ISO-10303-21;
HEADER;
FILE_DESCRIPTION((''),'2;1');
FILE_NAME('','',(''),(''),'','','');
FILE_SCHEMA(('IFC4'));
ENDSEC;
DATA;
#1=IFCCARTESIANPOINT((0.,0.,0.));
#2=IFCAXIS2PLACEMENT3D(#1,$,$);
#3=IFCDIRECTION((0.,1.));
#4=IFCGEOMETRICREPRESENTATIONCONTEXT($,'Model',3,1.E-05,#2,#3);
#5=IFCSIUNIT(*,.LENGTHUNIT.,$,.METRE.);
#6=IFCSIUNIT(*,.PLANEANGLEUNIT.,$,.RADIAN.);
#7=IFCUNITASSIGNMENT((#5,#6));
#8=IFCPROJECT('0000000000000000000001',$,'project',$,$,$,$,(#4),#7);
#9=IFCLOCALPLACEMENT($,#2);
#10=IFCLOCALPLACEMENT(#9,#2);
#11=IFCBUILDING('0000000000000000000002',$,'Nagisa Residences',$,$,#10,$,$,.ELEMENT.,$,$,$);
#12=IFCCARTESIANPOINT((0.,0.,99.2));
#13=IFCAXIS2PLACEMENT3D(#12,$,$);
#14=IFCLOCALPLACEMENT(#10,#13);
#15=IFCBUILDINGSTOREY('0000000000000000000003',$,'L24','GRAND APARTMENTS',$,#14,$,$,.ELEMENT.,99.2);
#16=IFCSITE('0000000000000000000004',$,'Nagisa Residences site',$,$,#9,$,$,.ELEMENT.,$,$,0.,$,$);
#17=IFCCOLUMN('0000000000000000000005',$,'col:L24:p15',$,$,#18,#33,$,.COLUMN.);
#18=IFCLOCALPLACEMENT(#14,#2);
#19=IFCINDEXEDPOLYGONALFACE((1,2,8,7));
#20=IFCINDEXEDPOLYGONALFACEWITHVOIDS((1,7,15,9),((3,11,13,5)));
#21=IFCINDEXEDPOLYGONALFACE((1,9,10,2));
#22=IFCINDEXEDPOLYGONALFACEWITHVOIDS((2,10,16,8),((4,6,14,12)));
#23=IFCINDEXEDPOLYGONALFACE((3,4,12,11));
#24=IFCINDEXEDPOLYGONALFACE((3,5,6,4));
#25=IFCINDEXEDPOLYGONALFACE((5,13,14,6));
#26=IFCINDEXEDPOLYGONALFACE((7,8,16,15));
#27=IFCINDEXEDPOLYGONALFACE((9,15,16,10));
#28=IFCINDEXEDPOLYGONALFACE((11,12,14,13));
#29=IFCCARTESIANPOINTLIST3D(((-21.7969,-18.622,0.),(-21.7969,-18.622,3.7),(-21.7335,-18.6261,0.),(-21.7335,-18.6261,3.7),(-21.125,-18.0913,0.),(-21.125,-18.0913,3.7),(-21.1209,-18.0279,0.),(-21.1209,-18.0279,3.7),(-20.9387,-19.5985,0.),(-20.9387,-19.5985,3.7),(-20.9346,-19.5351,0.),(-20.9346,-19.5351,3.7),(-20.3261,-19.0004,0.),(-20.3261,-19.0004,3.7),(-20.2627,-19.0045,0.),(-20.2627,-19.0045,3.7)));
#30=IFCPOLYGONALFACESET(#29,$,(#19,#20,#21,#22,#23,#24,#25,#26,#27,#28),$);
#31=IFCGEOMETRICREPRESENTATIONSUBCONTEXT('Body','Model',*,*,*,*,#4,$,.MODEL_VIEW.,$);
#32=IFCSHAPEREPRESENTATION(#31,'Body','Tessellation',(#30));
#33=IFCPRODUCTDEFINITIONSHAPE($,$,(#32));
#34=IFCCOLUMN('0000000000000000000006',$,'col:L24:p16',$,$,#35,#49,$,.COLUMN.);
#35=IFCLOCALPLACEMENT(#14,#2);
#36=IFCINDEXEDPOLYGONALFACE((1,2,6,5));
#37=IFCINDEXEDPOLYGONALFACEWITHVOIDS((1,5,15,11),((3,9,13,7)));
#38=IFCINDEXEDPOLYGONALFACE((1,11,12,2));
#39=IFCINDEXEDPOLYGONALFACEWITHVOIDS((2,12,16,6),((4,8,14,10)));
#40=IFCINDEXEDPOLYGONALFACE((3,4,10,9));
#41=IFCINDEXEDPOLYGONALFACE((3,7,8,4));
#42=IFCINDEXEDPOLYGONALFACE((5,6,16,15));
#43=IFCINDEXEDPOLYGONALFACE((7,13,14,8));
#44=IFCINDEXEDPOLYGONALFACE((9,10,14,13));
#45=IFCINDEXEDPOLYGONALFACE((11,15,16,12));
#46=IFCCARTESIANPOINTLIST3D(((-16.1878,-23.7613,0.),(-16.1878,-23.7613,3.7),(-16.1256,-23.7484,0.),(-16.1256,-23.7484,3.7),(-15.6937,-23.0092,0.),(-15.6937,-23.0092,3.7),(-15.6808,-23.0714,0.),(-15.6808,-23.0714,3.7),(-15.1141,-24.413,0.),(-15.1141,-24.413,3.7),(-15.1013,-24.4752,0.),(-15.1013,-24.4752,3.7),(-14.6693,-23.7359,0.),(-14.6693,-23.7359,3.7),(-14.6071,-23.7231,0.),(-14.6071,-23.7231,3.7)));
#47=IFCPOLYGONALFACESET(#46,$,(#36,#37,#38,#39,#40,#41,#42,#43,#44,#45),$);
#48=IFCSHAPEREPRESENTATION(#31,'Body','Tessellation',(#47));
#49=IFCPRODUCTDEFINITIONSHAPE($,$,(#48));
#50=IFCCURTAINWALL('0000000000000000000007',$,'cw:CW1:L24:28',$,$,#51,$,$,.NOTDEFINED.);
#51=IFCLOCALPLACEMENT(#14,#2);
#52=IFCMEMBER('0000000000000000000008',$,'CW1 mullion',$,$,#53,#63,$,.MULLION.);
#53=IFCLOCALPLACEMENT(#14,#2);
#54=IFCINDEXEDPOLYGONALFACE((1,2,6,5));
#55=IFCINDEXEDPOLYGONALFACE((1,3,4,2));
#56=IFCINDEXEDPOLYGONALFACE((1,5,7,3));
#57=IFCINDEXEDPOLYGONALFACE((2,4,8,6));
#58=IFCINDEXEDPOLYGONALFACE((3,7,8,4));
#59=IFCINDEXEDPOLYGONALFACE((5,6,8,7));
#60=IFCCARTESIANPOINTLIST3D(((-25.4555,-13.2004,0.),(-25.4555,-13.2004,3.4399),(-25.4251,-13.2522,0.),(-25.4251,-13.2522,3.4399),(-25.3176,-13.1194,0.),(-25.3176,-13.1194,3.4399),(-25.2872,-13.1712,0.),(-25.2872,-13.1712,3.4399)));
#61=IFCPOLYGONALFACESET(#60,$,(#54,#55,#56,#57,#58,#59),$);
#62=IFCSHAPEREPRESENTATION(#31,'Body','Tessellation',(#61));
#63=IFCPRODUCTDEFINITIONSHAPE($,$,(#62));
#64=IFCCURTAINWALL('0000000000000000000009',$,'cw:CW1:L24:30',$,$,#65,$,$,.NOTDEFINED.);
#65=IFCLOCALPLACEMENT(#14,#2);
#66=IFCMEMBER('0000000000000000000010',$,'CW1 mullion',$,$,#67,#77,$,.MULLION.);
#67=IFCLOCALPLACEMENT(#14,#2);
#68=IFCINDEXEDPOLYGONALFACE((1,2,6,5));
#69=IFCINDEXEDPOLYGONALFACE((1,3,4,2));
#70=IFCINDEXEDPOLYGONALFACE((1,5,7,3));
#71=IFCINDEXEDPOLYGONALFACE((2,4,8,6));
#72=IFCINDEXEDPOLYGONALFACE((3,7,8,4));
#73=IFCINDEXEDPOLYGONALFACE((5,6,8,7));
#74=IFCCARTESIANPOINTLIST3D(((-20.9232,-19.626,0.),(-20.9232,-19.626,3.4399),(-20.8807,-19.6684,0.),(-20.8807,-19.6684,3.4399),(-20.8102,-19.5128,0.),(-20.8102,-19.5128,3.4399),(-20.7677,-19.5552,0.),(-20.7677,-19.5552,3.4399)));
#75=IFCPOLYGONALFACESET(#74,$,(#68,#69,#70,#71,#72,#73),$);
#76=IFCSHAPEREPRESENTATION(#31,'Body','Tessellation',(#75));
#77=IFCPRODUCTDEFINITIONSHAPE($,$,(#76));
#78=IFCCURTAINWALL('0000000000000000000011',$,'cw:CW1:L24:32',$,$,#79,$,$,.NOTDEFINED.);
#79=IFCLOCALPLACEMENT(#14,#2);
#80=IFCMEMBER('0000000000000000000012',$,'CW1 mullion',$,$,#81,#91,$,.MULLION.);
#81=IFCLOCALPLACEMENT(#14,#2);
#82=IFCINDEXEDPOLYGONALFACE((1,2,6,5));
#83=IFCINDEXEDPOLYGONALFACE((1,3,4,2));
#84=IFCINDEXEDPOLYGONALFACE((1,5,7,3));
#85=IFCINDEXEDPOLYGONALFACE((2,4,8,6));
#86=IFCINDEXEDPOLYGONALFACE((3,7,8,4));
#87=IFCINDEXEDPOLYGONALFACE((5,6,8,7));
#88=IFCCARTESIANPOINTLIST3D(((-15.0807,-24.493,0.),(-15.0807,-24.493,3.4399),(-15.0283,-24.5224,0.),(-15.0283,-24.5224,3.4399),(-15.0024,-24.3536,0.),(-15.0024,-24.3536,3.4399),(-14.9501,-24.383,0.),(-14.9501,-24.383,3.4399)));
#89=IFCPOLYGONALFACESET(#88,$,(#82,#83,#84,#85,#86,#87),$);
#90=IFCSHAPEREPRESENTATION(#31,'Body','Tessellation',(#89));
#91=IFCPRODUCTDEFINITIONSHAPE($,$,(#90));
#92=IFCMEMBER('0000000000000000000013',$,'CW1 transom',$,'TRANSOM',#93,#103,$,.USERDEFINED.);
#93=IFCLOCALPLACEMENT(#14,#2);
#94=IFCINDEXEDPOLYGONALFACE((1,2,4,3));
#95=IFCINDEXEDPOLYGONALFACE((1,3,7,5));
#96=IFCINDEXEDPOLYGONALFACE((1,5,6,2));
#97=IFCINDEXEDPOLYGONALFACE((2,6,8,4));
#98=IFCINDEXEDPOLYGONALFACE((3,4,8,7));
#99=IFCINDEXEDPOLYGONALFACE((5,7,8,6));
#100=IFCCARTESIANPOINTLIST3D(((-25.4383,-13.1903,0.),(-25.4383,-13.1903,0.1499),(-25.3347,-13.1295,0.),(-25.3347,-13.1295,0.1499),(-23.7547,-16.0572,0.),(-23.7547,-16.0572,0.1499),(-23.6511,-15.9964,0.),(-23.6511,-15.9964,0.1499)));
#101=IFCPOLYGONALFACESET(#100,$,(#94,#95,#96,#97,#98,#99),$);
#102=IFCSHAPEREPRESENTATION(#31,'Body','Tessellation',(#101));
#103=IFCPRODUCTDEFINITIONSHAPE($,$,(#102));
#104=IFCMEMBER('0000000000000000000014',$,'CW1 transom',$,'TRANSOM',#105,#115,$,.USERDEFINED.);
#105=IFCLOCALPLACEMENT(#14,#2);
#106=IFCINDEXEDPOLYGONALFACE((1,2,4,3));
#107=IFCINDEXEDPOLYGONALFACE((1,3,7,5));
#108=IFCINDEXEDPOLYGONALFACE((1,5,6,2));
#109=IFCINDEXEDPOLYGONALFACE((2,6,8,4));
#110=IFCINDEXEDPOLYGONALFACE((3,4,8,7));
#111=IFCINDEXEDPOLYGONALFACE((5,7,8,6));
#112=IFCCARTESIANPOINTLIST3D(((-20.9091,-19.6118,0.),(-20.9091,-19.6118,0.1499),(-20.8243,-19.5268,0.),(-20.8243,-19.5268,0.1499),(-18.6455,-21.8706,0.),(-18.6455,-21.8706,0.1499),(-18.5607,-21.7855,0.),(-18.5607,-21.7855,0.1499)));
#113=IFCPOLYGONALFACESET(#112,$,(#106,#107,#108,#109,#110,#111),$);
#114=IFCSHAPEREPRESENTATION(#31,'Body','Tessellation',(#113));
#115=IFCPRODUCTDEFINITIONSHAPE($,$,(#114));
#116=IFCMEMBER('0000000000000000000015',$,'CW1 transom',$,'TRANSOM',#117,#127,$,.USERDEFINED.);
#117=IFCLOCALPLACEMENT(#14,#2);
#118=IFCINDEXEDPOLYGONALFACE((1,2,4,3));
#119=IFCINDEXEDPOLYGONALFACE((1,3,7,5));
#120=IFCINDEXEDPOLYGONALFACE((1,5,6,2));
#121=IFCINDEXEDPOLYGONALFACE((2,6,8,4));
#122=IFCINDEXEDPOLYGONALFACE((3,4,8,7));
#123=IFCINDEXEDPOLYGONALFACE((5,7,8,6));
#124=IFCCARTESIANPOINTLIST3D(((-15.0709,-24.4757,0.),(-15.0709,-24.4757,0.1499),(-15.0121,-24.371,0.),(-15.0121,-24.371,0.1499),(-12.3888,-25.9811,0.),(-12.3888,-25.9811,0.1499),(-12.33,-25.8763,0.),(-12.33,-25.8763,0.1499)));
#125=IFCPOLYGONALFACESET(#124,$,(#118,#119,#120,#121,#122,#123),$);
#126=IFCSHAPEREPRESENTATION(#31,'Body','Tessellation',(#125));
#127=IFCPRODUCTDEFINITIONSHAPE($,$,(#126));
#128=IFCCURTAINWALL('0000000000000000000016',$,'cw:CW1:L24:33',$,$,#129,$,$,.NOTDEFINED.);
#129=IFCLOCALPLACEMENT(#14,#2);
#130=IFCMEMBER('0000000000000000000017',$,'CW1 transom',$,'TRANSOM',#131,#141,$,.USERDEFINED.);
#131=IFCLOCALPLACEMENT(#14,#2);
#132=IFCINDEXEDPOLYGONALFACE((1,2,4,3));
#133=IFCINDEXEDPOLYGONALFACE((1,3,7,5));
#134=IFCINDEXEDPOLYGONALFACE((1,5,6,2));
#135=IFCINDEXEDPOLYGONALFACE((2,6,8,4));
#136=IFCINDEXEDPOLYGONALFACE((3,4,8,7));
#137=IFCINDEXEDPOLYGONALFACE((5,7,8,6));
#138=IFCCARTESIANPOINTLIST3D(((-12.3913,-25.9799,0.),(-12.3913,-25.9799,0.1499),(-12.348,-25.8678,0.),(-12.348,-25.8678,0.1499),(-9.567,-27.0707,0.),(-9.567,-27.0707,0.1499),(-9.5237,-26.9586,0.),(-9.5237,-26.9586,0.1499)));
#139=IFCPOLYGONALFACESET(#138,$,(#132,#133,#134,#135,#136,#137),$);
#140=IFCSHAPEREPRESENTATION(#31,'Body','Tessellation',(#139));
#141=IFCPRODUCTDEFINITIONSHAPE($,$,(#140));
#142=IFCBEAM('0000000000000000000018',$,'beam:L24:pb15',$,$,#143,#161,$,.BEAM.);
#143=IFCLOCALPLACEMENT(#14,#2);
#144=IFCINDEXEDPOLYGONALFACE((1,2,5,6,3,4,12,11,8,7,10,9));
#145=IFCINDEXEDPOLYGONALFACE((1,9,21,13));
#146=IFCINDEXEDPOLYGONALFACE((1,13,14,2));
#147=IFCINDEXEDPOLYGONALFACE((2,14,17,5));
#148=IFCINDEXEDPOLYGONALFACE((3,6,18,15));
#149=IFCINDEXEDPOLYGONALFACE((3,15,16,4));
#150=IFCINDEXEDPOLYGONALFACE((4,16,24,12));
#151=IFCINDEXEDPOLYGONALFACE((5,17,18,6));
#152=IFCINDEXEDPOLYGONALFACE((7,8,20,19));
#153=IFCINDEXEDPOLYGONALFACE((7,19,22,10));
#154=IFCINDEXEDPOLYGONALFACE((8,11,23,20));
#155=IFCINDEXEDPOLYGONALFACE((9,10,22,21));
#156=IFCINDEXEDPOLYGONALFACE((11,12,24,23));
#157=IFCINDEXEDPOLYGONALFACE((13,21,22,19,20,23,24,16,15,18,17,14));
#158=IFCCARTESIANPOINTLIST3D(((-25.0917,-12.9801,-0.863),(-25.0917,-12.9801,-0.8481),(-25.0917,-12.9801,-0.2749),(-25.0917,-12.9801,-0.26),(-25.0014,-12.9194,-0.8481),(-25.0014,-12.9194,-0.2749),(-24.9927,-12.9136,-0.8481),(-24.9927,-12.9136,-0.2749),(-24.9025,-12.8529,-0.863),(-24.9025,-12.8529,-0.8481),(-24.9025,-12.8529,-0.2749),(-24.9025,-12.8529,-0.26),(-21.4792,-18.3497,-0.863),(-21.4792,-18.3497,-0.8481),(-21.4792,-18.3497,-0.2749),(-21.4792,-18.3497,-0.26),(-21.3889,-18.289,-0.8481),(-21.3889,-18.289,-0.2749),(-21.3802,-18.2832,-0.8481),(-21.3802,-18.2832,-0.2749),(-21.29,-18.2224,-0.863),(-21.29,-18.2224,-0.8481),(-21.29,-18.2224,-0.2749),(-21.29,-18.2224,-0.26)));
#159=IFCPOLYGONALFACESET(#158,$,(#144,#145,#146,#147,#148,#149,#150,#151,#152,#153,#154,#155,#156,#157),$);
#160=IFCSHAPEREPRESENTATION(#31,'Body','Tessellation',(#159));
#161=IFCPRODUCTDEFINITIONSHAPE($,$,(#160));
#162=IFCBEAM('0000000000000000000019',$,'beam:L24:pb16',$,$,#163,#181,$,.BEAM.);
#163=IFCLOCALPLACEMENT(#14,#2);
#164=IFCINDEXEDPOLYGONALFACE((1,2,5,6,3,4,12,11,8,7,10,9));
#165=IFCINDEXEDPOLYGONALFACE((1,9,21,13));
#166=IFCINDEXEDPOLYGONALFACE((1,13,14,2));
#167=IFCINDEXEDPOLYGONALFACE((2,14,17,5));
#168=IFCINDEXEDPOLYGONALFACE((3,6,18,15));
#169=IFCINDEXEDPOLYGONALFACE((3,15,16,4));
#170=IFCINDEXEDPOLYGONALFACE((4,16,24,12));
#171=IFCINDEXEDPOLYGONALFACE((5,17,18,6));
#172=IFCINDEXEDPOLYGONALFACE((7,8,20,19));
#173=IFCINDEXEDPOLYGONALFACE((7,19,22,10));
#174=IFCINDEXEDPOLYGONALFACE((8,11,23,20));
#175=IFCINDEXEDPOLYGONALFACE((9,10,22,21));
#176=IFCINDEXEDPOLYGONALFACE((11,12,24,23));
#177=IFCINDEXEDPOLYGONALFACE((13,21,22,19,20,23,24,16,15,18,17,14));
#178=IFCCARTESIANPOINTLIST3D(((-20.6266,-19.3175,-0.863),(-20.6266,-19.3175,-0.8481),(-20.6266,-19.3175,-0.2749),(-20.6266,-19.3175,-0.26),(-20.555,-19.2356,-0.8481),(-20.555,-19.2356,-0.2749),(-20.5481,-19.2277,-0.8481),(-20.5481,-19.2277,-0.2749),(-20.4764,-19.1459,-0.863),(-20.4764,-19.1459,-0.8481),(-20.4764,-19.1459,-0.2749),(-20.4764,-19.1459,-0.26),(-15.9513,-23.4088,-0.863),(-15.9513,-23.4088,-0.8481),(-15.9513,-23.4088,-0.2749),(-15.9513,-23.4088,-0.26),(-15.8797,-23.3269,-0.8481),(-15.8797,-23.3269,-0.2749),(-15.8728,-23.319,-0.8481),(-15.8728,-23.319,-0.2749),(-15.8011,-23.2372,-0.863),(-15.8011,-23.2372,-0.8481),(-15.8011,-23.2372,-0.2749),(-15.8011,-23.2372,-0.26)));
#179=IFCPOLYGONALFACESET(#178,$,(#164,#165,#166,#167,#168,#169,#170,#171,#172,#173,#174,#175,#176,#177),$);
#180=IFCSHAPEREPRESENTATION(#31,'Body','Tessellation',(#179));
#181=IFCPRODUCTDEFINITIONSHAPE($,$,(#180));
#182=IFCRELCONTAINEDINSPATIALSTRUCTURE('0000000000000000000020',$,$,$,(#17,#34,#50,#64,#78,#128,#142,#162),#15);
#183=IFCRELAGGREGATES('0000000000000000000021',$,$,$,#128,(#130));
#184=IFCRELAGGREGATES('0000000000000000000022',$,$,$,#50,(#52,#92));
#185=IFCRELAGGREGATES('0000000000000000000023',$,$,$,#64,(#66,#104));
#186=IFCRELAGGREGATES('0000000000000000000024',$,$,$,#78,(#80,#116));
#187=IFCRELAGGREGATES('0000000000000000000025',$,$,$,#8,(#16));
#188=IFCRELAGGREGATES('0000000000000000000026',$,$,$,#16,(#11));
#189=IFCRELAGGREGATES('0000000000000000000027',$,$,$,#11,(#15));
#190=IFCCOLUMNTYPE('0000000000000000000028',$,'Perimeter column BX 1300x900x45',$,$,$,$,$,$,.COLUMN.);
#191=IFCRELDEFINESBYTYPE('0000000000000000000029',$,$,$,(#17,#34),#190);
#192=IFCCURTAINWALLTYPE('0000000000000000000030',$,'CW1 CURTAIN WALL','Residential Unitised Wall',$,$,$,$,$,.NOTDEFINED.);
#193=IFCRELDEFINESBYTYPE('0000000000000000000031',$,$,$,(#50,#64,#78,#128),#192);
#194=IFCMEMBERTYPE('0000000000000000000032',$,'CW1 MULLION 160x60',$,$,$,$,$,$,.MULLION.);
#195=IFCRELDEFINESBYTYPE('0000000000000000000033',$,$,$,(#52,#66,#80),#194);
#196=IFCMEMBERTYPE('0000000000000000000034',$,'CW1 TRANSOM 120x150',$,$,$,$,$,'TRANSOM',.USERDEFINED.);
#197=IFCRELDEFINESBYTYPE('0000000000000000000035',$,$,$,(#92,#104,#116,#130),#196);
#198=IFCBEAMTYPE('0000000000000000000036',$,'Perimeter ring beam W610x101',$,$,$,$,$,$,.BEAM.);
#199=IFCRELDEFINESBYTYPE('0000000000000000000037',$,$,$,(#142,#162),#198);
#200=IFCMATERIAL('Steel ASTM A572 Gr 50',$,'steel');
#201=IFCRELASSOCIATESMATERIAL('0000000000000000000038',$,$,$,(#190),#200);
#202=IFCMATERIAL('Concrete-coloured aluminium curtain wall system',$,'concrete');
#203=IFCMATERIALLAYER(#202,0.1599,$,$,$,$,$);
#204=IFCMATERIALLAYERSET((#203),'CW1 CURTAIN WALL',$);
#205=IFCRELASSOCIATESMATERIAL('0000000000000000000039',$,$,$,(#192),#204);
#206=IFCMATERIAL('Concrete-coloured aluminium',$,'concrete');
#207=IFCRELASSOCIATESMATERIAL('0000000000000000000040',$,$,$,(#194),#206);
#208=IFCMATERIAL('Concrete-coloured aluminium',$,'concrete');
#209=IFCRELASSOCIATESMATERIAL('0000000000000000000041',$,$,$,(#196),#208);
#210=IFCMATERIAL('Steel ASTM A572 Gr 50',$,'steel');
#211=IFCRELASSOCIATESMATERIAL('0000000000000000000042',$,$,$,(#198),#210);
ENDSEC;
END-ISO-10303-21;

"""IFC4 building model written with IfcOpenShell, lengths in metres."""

from ifc_helpers import new_model, si_unit, direction, frame, origin, origin_2d, place, context, subcontext, project, spatial, rectangle, hollow_rectangle, i_section, extrude, material, layer, layer_set, material_profile, profile_set, type_object, element, aggregate, save


model = new_model("IFC4")

# Units and contexts
model_context = context("Model", 3, precision=1e-05, world=origin(), true_north=direction((0.0, 1.0)))
body_context = subcontext(model_context, "Body", "Model", "MODEL_VIEW")
ifc_project = project(units=[si_unit("LENGTHUNIT", "METRE"), si_unit("PLANEANGLEUNIT", "RADIAN")], contexts=[model_context])

# Site, building, storey
site_placement = place(None, origin())
site = spatial("IfcSite", under=ifc_project, at=site_placement, Name="Nagisa Residences site", CompositionType="ELEMENT", RefElevation=0.0)
building_placement = place(site_placement, origin())
building = spatial("IfcBuilding", under=site, at=building_placement, Name="Nagisa Residences", CompositionType="ELEMENT")
storey_placement = place(building_placement, frame((0.0, 0.0, 99.2)))
storey = spatial("IfcBuildingStorey", under=building, at=storey_placement, Name="L24", Description="GRAND APARTMENTS", CompositionType="ELEMENT", Elevation=99.2)

# Columns
ifc_material_1 = material(Name="Steel ASTM A572 Gr 50", Category="steel")
ifc_material_profile_1 = material_profile(ifc_material_1, hollow_rectangle(XDim=1.3, YDim=0.8999, WallThickness=0.0449, at=origin_2d()), Name="BX 1300x900x45")
ifc_profile_set_1 = profile_set([ifc_material_profile_1], Name="Steel ASTM A572 Gr 50")
column_type = type_object("IfcColumnType", Name="Perimeter column BX 1300x900x45", PredefinedType="COLUMN", material=ifc_profile_set_1)
for number, where, z_axis, x_axis, name in (
    (1, (-21.0298, -18.8132, 0.0), (0.0, 0.0, 1.0), (0.660115, -0.751165, 0.0), "col:L24:p15"),
    (2, (-15.3975, -23.7422, 0.0), (0.0, 0.0, 1.0), (0.835766, -0.549086, 0.0), "col:L24:p16"),
):
    element("IfcColumn", number, at=place(storey_placement, frame(where, z_axis=z_axis, x_axis=x_axis)), inside=storey, type_object=column_type, Name=name, PredefinedType="COLUMN", context=body_context, shape_type="SweptSolid", body=[
        extrude(hollow_rectangle(XDim=1.3, YDim=0.8999, WallThickness=0.0449, at=origin_2d()), origin(), (0.0, 0.0, 1.0), 3.7),
    ])

# Curtain walls, members
ifc_material_2 = material(Name="Concrete-coloured aluminium curtain wall system", Category="concrete")
ifc_layer_1 = layer(ifc_material_2, 0.1599)
ifc_layer_set_1 = layer_set([ifc_layer_1], Name="CW1 CURTAIN WALL")
curtain_wall_type = type_object("IfcCurtainWallType", Name="CW1 CURTAIN WALL", Description="Residential Unitised Wall", PredefinedType="NOTDEFINED", material=ifc_layer_set_1)
curtain_wall_1_placement = place(storey_placement, origin())
curtain_wall_1 = element("IfcCurtainWall", 3, at=curtain_wall_1_placement, inside=storey, type_object=curtain_wall_type, Name="cw:CW1:L24:28", PredefinedType="NOTDEFINED")
ifc_material_3 = material(Name="Concrete-coloured aluminium", Category="concrete")
ifc_material_profile_2 = material_profile(ifc_material_3, rectangle(XDim=0.1599, YDim=0.0601, at=origin_2d()), Name="CW1 MULLION 160x60")
ifc_profile_set_2 = profile_set([ifc_material_profile_2], Name="Concrete-coloured aluminium")
member_type_1 = type_object("IfcMemberType", Name="CW1 MULLION 160x60", PredefinedType="MULLION", material=ifc_profile_set_2)
member_1_placement = place(storey_placement, frame((-25.3713, -13.1858, 0.0), z_axis=(0.0, 0.0, 1.0), x_axis=(0.862329, 0.506349, 0.0)))
member_1 = element("IfcMember", 4, at=member_1_placement, type_object=member_type_1, Name="CW1 mullion", PredefinedType="MULLION", context=body_context, shape_type="SweptSolid", body=[
    extrude(rectangle(XDim=0.1599, YDim=0.0601, at=origin_2d()), origin(), (0.0, 0.0, 1.0), 3.4399),
])
curtain_wall_2_placement = place(storey_placement, origin())
curtain_wall_2 = element("IfcCurtainWall", 5, at=curtain_wall_2_placement, inside=storey, type_object=curtain_wall_type, Name="cw:CW1:L24:30", PredefinedType="NOTDEFINED")
member_2_placement = place(storey_placement, frame((-20.8455, -19.5906, 0.0), z_axis=(0.0, 0.0, 1.0), x_axis=(0.706377, 0.707836, 0.0)))
member_2 = element("IfcMember", 6, at=member_2_placement, type_object=member_type_1, Name="CW1 mullion", PredefinedType="MULLION", context=body_context, shape_type="SweptSolid", body=[
    extrude(rectangle(XDim=0.1599, YDim=0.0601, at=origin_2d()), origin(), (0.0, 0.0, 1.0), 3.4399),
])
curtain_wall_3_placement = place(storey_placement, origin())
curtain_wall_3 = element("IfcCurtainWall", 7, at=curtain_wall_3_placement, inside=storey, type_object=curtain_wall_type, Name="cw:CW1:L24:32", PredefinedType="NOTDEFINED")
member_3_placement = place(storey_placement, frame((-15.0154, -24.438, 0.0), z_axis=(0.0, 0.0, 1.0), x_axis=(0.489377, 0.872072, 0.0)))
member_3 = element("IfcMember", 8, at=member_3_placement, type_object=member_type_1, Name="CW1 mullion", PredefinedType="MULLION", context=body_context, shape_type="SweptSolid", body=[
    extrude(rectangle(XDim=0.1599, YDim=0.0601, at=origin_2d()), origin(), (0.0, 0.0, 1.0), 3.4399),
])

# Members
ifc_material_4 = material(Name="Concrete-coloured aluminium", Category="concrete")
ifc_material_profile_3 = material_profile(ifc_material_4, rectangle(XDim=0.1201, YDim=0.1499, at=origin_2d()), Name="CW1 TRANSOM 120x150")
ifc_profile_set_3 = profile_set([ifc_material_profile_3], Name="Concrete-coloured aluminium")
member_type_2 = type_object("IfcMemberType", Name="CW1 TRANSOM 120x150", ElementType="TRANSOM", PredefinedType="USERDEFINED", material=ifc_profile_set_3)
member_4_placement = place(storey_placement, frame((-25.3865, -13.1599, 0.075), z_axis=(0.506385, -0.862308, 0.0), x_axis=(0.862308, 0.506385, 0.0)))
member_4 = element("IfcMember", 9, at=member_4_placement, type_object=member_type_2, Name="CW1 transom", ObjectType="TRANSOM", PredefinedType="USERDEFINED", context=body_context, shape_type="SweptSolid", body=[
    extrude(rectangle(XDim=0.1201, YDim=0.1499, at=origin_2d()), origin(), (0.0, 0.0, 1.0), 3.3247),
])
member_5_placement = place(storey_placement, frame((-20.8667, -19.5693, 0.075), z_axis=(0.70787, -0.706343, 0.0), x_axis=(0.706343, 0.70787, 0.0)))
member_5 = element("IfcMember", 10, at=member_5_placement, type_object=member_type_2, Name="CW1 transom", ObjectType="TRANSOM", PredefinedType="USERDEFINED", context=body_context, shape_type="SweptSolid", body=[
    extrude(rectangle(XDim=0.1201, YDim=0.1499, at=origin_2d()), origin(), (0.0, 0.0, 1.0), 3.1978),
])
member_6_placement = place(storey_placement, frame((-15.0415, -24.4233, 0.075), z_axis=(0.872037, -0.489439, 0.0), x_axis=(0.489439, 0.872037, 0.0)))
member_6 = element("IfcMember", 11, at=member_6_placement, type_object=member_type_2, Name="CW1 transom", ObjectType="TRANSOM", PredefinedType="USERDEFINED", context=body_context, shape_type="SweptSolid", body=[
    extrude(rectangle(XDim=0.1201, YDim=0.1499, at=origin_2d()), origin(), (0.0, 0.0, 1.0), 3.0757),
])

# Curtain wall, member
curtain_wall_4_placement = place(storey_placement, origin())
curtain_wall_4 = element("IfcCurtainWall", 12, at=curtain_wall_4_placement, inside=storey, type_object=curtain_wall_type, Name="cw:CW1:L24:33", PredefinedType="NOTDEFINED")
member_7_placement = place(storey_placement, frame((-12.3696, -25.9238, 0.075), z_axis=(0.932838, -0.360297, 0.0), x_axis=(0.360297, 0.932838, 0.0)))
member_7 = element("IfcMember", 13, at=member_7_placement, type_object=member_type_2, Name="CW1 transom", ObjectType="TRANSOM", PredefinedType="USERDEFINED", context=body_context, shape_type="SweptSolid", body=[
    extrude(rectangle(XDim=0.1201, YDim=0.1499, at=origin_2d()), origin(), (0.0, 0.0, 1.0), 3.0276),
])
aggregate(curtain_wall_4, [member_7])

# Beams
ifc_material_5 = material(Name="Steel ASTM A572 Gr 50", Category="steel")
ifc_material_profile_4 = material_profile(ifc_material_5, i_section(OverallWidth=0.228, OverallDepth=0.603, WebThickness=0.0105, FlangeThickness=0.0149, at=origin_2d()), Name="W610x101")
ifc_profile_set_4 = profile_set([ifc_material_profile_4], Name="Steel ASTM A572 Gr 50")
beam_type_1 = type_object("IfcBeamType", Name="Perimeter ring beam W610x101", PredefinedType="BEAM", material=ifc_profile_set_4)
beam_1_placement = place(storey_placement, frame((-24.9971, -12.9165, -0.5615), z_axis=(0.558204, -0.829704, 0.0), x_axis=(0.829704, 0.558204, 0.0)))
element("IfcBeam", 14, at=beam_1_placement, inside=storey, type_object=beam_type_1, Name="beam:L24:pb15", PredefinedType="BEAM", context=body_context, shape_type="SweptSolid", body=[
    extrude(i_section(OverallWidth=0.228, OverallDepth=0.603, WebThickness=0.0105, FlangeThickness=0.0149, at=origin_2d()), origin(), (0.0, 0.0, 1.0), 6.4717),
])
beam_2_placement = place(storey_placement, frame((-20.5515, -19.2317, -0.5615), z_axis=(0.752543, -0.658544, 0.0), x_axis=(0.658544, 0.752543, 0.0)))
element("IfcBeam", 15, at=beam_2_placement, inside=storey, type_object=beam_type_1, Name="beam:L24:pb16", PredefinedType="BEAM", context=body_context, shape_type="SweptSolid", body=[
    extrude(i_section(OverallWidth=0.228, OverallDepth=0.603, WebThickness=0.0105, FlangeThickness=0.0149, at=origin_2d()), origin(), (0.0, 0.0, 1.0), 6.2126),
])

aggregate(curtain_wall_1, [member_1, member_4])
aggregate(curtain_wall_2, [member_2, member_5])
aggregate(curtain_wall_3, [member_3, member_6])

save(model, "model.ifc")
